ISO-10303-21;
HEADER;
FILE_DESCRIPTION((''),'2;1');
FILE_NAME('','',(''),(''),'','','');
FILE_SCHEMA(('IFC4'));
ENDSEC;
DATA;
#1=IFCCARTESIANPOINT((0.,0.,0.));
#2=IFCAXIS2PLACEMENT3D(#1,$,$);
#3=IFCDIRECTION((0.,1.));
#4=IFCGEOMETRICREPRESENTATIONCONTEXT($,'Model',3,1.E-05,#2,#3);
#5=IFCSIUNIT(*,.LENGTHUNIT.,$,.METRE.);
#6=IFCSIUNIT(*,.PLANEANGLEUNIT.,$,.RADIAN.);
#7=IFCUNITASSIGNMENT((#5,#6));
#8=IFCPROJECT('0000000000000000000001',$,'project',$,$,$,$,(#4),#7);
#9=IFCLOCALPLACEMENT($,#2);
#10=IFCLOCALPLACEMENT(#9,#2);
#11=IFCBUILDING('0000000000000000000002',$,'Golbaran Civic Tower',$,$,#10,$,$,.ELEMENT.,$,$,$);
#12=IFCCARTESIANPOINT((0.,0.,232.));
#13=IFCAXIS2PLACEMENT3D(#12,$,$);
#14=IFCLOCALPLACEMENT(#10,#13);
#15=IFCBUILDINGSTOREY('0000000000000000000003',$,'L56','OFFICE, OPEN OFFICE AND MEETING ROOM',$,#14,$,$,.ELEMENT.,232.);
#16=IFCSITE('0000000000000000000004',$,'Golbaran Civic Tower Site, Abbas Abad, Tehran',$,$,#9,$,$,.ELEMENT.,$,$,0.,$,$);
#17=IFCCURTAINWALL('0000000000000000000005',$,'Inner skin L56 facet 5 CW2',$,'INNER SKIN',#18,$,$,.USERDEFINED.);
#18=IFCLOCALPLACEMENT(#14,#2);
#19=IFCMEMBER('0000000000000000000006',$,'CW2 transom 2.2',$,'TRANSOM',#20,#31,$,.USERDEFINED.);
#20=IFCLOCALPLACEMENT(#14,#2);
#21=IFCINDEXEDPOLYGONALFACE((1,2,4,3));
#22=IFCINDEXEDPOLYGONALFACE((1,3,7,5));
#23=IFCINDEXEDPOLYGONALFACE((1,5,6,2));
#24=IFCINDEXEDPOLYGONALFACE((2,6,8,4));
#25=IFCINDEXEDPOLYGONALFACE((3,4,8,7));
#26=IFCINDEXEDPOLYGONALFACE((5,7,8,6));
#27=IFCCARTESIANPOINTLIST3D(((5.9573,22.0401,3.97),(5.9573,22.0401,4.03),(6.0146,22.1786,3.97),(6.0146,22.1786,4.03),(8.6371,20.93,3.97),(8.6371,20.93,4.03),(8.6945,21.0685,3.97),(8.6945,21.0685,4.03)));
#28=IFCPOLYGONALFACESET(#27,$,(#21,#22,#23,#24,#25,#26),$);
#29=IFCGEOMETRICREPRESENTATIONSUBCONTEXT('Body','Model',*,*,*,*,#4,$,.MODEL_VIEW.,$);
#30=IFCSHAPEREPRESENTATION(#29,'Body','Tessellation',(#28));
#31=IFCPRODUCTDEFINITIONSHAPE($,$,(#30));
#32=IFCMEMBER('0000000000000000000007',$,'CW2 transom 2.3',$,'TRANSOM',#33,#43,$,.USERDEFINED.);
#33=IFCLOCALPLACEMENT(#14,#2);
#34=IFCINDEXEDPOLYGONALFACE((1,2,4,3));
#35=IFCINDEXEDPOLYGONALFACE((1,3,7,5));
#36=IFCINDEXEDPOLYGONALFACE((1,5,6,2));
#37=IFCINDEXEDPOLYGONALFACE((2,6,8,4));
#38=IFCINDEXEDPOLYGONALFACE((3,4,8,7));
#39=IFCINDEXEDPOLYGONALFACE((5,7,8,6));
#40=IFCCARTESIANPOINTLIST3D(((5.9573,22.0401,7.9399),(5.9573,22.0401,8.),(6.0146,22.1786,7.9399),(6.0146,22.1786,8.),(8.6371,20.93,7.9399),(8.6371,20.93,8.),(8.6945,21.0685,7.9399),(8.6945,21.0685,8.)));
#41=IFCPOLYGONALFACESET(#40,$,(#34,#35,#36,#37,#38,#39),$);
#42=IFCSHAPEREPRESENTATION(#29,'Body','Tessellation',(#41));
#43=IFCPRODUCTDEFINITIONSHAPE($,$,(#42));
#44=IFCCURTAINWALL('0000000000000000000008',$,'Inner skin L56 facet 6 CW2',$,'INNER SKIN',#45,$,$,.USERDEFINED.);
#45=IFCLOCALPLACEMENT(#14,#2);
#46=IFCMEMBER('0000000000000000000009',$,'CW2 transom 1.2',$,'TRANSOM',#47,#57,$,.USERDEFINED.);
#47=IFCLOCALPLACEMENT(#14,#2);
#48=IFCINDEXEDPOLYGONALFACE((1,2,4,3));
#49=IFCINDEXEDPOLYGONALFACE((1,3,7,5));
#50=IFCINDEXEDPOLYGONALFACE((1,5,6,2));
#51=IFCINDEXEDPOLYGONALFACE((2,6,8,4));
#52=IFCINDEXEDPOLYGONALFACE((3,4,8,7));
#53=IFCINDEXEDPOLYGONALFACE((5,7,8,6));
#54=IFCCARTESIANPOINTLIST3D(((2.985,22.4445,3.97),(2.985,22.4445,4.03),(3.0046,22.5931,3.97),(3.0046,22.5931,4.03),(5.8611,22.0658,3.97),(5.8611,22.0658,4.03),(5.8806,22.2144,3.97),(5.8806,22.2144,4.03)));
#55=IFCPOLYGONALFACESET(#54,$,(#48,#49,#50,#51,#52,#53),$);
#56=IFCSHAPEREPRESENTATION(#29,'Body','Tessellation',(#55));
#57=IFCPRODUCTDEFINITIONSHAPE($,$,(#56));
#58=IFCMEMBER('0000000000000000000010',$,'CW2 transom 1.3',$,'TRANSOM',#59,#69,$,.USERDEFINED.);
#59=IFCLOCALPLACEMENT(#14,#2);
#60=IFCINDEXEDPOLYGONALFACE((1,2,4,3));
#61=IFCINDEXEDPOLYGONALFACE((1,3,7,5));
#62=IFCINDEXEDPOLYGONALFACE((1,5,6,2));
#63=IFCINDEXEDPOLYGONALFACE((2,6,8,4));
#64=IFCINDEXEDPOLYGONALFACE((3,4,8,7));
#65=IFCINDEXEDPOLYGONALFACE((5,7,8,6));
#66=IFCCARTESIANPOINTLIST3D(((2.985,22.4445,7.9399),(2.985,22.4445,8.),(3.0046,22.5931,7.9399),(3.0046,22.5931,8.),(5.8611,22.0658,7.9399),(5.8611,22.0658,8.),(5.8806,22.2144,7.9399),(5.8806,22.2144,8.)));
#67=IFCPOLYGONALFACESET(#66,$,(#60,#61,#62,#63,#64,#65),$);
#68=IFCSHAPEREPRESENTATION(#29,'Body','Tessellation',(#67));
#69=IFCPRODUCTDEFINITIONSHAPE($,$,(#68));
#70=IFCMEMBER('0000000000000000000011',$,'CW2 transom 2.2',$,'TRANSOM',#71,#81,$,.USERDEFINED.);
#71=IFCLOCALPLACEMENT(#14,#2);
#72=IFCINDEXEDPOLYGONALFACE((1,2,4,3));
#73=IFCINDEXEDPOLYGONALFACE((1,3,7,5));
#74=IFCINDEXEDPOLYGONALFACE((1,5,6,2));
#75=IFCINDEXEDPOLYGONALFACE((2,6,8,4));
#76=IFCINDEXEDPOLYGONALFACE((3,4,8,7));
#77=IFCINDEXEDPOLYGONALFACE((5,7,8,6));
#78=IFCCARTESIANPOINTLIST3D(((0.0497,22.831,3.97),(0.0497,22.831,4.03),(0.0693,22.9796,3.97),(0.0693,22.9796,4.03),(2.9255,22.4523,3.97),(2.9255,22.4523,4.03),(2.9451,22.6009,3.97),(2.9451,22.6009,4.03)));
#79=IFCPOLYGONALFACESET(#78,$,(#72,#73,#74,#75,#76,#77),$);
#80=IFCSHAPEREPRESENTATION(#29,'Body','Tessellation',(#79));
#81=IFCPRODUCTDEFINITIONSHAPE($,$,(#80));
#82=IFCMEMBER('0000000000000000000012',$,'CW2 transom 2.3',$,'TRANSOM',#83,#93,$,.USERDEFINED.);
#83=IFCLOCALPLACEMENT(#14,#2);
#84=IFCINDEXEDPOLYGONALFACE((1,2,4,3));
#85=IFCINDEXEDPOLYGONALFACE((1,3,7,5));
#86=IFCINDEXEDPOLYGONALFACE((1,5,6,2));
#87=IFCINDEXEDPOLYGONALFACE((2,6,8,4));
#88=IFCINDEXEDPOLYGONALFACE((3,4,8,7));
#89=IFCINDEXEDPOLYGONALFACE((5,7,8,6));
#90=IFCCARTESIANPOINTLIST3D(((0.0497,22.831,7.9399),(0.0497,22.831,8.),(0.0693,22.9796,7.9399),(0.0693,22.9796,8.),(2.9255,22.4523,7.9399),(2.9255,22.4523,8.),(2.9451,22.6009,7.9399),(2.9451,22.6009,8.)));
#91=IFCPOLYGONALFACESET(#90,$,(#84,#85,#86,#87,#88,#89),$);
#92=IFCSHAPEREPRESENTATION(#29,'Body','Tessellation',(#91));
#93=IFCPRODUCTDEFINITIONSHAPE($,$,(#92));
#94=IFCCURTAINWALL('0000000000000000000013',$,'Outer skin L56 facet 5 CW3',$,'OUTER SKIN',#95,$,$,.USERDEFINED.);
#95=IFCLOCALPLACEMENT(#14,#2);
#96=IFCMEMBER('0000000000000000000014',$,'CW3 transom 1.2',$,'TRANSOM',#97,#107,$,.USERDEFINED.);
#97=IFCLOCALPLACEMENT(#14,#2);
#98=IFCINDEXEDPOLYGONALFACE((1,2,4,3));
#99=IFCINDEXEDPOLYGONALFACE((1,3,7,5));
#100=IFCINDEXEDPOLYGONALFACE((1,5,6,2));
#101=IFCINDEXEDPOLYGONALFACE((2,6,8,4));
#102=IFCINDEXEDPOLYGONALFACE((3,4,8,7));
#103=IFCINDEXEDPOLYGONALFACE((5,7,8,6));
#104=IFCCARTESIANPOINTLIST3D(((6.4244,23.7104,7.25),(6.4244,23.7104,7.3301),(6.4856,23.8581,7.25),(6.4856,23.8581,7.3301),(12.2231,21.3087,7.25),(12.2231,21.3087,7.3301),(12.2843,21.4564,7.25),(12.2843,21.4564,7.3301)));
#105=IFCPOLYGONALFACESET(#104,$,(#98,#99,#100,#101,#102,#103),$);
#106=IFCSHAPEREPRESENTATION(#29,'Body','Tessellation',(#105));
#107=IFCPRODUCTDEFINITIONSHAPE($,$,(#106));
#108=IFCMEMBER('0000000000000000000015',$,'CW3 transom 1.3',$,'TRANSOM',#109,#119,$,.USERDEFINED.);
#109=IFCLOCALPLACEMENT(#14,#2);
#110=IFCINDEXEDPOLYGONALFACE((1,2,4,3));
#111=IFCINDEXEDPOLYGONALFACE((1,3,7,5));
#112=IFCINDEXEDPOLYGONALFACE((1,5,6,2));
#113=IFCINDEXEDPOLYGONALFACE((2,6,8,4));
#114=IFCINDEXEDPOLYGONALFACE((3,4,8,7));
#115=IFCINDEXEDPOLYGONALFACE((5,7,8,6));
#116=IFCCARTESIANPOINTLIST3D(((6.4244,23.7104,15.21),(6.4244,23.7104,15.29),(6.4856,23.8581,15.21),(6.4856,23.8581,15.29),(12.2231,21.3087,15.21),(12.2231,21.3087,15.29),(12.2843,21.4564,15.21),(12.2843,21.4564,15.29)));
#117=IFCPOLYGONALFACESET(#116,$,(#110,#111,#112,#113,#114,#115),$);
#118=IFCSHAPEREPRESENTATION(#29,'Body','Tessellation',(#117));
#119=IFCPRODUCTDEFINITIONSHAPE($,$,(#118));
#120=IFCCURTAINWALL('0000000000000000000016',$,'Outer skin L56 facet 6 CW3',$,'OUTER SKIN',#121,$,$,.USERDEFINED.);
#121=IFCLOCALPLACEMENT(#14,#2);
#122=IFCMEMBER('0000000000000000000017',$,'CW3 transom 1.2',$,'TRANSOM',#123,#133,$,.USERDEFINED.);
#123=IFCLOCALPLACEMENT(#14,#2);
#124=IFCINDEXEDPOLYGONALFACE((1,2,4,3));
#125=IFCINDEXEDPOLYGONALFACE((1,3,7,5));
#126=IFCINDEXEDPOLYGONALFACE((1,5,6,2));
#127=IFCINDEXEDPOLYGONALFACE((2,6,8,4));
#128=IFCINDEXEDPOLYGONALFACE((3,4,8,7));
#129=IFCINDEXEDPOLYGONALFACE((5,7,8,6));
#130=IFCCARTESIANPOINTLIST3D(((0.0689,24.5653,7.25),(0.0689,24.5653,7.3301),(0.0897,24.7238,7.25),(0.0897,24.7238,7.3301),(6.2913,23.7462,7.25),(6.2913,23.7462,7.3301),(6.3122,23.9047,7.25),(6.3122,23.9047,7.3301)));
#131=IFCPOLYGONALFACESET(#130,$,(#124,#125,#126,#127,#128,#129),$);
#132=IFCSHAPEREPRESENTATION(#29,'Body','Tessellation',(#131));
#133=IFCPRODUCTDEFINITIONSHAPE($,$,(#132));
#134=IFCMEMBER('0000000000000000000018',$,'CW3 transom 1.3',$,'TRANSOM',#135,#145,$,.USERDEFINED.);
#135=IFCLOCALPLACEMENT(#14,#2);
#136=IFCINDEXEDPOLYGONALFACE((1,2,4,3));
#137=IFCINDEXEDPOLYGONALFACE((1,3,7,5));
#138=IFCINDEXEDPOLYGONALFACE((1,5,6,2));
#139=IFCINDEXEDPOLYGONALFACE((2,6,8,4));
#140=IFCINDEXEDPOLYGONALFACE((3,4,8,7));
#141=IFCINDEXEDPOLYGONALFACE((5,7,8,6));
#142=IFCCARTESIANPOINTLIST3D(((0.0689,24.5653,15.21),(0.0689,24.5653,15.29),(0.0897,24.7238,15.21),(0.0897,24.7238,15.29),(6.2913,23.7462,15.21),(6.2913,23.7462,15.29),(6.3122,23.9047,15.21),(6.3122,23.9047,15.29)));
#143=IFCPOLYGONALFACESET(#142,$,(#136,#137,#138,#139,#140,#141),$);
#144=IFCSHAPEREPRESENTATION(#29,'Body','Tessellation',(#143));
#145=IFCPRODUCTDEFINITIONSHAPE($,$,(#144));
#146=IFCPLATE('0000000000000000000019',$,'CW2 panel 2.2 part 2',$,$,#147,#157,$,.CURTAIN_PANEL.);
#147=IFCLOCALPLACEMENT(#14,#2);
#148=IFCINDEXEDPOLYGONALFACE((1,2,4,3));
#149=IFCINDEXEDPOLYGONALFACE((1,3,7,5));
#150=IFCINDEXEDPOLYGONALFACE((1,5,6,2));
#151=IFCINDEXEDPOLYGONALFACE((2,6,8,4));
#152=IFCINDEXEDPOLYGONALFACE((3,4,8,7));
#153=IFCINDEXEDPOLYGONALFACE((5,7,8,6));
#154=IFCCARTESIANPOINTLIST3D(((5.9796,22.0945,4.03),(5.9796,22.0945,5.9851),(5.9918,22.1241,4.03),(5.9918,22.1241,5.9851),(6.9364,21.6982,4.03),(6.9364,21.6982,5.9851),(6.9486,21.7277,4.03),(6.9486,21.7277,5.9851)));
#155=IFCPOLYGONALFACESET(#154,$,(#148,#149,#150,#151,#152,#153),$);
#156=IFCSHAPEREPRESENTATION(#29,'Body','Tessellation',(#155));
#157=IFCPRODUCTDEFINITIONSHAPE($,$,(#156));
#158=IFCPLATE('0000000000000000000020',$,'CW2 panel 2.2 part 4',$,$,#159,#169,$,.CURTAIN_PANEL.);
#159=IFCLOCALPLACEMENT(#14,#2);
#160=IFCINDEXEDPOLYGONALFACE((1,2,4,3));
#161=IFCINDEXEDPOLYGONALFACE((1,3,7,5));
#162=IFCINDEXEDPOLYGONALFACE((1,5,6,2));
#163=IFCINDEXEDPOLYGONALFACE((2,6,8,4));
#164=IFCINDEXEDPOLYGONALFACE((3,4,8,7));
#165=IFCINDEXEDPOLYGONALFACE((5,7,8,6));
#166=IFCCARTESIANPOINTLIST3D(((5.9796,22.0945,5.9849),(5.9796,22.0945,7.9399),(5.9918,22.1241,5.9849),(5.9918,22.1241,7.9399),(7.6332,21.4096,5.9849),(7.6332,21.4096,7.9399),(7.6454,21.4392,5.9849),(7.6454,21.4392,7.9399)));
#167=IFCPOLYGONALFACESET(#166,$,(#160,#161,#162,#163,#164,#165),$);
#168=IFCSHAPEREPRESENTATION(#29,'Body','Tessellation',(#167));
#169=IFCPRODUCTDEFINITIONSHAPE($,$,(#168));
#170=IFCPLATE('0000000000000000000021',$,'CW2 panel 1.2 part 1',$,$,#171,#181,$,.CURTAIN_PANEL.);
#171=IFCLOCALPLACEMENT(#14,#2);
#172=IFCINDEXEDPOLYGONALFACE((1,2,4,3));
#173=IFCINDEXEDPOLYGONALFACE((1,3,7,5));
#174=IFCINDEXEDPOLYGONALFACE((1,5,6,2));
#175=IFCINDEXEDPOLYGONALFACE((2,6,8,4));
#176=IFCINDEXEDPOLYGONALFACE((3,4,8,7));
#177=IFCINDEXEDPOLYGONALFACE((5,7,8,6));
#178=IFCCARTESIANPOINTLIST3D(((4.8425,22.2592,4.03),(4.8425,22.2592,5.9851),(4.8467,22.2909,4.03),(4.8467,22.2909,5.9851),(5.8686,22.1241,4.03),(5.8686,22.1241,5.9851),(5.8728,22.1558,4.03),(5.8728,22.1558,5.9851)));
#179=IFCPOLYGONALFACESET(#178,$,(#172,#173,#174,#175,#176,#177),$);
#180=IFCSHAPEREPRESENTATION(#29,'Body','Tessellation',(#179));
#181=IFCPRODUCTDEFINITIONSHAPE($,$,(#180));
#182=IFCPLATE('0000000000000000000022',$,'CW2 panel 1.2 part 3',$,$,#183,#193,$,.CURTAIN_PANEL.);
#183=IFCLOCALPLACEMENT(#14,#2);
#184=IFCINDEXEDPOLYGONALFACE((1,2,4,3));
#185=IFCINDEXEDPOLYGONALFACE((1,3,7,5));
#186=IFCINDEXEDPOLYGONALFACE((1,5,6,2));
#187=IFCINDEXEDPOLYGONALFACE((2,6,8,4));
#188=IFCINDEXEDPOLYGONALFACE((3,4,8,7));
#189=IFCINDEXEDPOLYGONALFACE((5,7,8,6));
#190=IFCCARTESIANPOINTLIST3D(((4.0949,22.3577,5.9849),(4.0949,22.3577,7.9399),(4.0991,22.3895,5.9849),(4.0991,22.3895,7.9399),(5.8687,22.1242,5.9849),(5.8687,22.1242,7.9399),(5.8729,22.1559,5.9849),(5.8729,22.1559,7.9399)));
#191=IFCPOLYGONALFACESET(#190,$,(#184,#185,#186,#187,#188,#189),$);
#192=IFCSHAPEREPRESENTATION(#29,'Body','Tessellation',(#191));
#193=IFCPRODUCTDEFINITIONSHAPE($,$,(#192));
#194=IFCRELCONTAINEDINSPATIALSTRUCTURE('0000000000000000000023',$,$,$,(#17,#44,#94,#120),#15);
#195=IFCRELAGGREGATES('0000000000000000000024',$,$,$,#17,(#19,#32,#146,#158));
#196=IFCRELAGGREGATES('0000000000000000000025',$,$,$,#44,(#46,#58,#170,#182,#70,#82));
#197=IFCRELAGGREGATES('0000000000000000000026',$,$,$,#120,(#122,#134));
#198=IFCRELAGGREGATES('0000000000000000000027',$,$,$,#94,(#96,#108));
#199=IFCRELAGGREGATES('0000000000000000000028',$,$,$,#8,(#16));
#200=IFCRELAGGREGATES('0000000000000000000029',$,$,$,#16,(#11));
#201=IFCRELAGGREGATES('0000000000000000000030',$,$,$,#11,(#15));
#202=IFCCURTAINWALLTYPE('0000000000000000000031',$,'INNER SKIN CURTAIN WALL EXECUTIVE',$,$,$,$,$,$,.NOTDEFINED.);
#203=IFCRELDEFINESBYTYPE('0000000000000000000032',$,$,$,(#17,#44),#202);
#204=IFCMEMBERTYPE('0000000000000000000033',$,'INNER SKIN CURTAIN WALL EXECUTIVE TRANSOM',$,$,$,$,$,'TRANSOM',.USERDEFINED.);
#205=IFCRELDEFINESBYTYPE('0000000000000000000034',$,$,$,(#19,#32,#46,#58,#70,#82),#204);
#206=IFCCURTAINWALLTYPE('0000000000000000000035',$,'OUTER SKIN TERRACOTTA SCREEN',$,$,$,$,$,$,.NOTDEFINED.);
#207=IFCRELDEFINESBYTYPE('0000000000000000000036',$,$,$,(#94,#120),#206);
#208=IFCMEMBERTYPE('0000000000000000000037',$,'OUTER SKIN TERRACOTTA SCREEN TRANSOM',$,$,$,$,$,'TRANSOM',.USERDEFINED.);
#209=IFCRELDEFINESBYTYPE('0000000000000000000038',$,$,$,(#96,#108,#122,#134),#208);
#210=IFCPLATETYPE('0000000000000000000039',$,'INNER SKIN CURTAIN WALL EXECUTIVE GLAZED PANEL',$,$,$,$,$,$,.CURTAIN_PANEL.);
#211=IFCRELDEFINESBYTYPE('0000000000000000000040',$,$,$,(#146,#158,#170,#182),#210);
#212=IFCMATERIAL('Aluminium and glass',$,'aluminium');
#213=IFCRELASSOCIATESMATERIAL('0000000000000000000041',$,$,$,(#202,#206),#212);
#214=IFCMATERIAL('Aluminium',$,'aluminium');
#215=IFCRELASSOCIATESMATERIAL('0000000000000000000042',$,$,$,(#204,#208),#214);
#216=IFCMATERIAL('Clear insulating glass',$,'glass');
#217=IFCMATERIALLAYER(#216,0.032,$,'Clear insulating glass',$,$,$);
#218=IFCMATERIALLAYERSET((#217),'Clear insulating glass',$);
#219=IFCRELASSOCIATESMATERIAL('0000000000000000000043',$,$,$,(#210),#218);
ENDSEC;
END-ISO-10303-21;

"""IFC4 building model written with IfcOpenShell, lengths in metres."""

from ifc_helpers import new_model, si_unit, direction, frame, origin, origin_2d, place, context, subcontext, project, spatial, rectangle, extrude, material, layer, layer_set, material_profile, profile_set, type_object, element, aggregate, save


model = new_model("IFC4")

# Units and contexts
model_context = context("Model", 3, precision=1e-05, world=origin(), true_north=direction((0.0, 1.0)))
body_context = subcontext(model_context, "Body", "Model", "MODEL_VIEW")
ifc_project = project(units=[si_unit("LENGTHUNIT", "METRE"), si_unit("PLANEANGLEUNIT", "RADIAN")], contexts=[model_context])

# Site, building, storey
site_placement = place(None, origin())
site = spatial("IfcSite", under=ifc_project, at=site_placement, Name="Golbaran Civic Tower Site, Abbas Abad, Tehran", CompositionType="ELEMENT", RefElevation=0.0)
building_placement = place(site_placement, origin())
building = spatial("IfcBuilding", under=site, at=building_placement, Name="Golbaran Civic Tower", CompositionType="ELEMENT")
storey_placement = place(building_placement, frame((0.0, 0.0, 232.0)))
storey = spatial("IfcBuildingStorey", under=building, at=storey_placement, Name="L56", Description="OFFICE, OPEN OFFICE AND MEETING ROOM", CompositionType="ELEMENT", Elevation=232.0)

# Curtain walls, members
ifc_material_1 = material(Name="Aluminium and glass", Category="aluminium")
curtain_wall_type_1 = type_object("IfcCurtainWallType", Name="INNER SKIN CURTAIN WALL EXECUTIVE", PredefinedType="NOTDEFINED", material=ifc_material_1)
curtain_wall_1_placement = place(storey_placement, origin())
curtain_wall_1 = element("IfcCurtainWall", 1, at=curtain_wall_1_placement, inside=storey, type_object=curtain_wall_type_1, Name="Inner skin L56 facet 5 CW2", ObjectType="INNER SKIN", PredefinedType="USERDEFINED")
ifc_material_2 = material(Name="Aluminium", Category="aluminium")
ifc_material_profile_1 = material_profile(ifc_material_2, rectangle(XDim=0.1499, YDim=0.0601, at=origin_2d()), Name="INNER SKIN CURTAIN WALL EXECUTIVE TRANSOM")
ifc_profile_set_1 = profile_set([ifc_material_profile_1], Name="Aluminium")
member_type_1 = type_object("IfcMemberType", Name="INNER SKIN CURTAIN WALL EXECUTIVE TRANSOM", ElementType="TRANSOM", PredefinedType="USERDEFINED", material=ifc_profile_set_1)
member_1_placement = place(storey_placement, frame((8.6658, 20.9993, 4.0), z_axis=(-0.923874, 0.382696, 0.0), x_axis=(-0.382696, -0.923874, 0.0)))
member_1 = element("IfcMember", 2, at=member_1_placement, type_object=member_type_1, Name="CW2 transom 2.2", ObjectType="TRANSOM", PredefinedType="USERDEFINED", context=body_context, shape_type="SweptSolid", body=[
    extrude(rectangle(XDim=0.1499, YDim=0.0601, at=origin_2d()), origin(), (0.0, 0.0, 1.0), 2.9006),
])
member_2_placement = place(storey_placement, frame((8.6658, 20.9993, 7.97), z_axis=(-0.923874, 0.382696, 0.0), x_axis=(-0.382696, -0.923874, 0.0)))
member_2 = element("IfcMember", 3, at=member_2_placement, type_object=member_type_1, Name="CW2 transom 2.3", ObjectType="TRANSOM", PredefinedType="USERDEFINED", context=body_context, shape_type="SweptSolid", body=[
    extrude(rectangle(XDim=0.1499, YDim=0.0601, at=origin_2d()), origin(), (0.0, 0.0, 1.0), 2.9006),
])
curtain_wall_2_placement = place(storey_placement, origin())
curtain_wall_2 = element("IfcCurtainWall", 4, at=curtain_wall_2_placement, inside=storey, type_object=curtain_wall_type_1, Name="Inner skin L56 facet 6 CW2", ObjectType="INNER SKIN", PredefinedType="USERDEFINED")
member_3_placement = place(storey_placement, frame((5.8708, 22.1401, 4.0), z_axis=(-0.991443, 0.130537, 0.0), x_axis=(-0.130537, -0.991443, 0.0)))
member_3 = element("IfcMember", 5, at=member_3_placement, type_object=member_type_1, Name="CW2 transom 1.2", ObjectType="TRANSOM", PredefinedType="USERDEFINED", context=body_context, shape_type="SweptSolid", body=[
    extrude(rectangle(XDim=0.1499, YDim=0.0601, at=origin_2d()), origin(), (0.0, 0.0, 1.0), 2.9009),
])
member_4_placement = place(storey_placement, frame((5.8708, 22.1401, 7.97), z_axis=(-0.991443, 0.130537, 0.0), x_axis=(-0.130537, -0.991443, 0.0)))
member_4 = element("IfcMember", 6, at=member_4_placement, type_object=member_type_1, Name="CW2 transom 1.3", ObjectType="TRANSOM", PredefinedType="USERDEFINED", context=body_context, shape_type="SweptSolid", body=[
    extrude(rectangle(XDim=0.1499, YDim=0.0601, at=origin_2d()), origin(), (0.0, 0.0, 1.0), 2.9009),
])
member_5_placement = place(storey_placement, frame((2.9353, 22.5266, 4.0), z_axis=(-0.991442, 0.130548, 0.0), x_axis=(-0.130548, -0.991442, 0.0)))
member_5 = element("IfcMember", 7, at=member_5_placement, type_object=member_type_1, Name="CW2 transom 2.2", ObjectType="TRANSOM", PredefinedType="USERDEFINED", context=body_context, shape_type="SweptSolid", body=[
    extrude(rectangle(XDim=0.1499, YDim=0.0601, at=origin_2d()), origin(), (0.0, 0.0, 1.0), 2.9006),
])
member_6_placement = place(storey_placement, frame((2.9353, 22.5266, 7.97), z_axis=(-0.991442, 0.130548, 0.0), x_axis=(-0.130548, -0.991442, 0.0)))
member_6 = element("IfcMember", 8, at=member_6_placement, type_object=member_type_1, Name="CW2 transom 2.3", ObjectType="TRANSOM", PredefinedType="USERDEFINED", context=body_context, shape_type="SweptSolid", body=[
    extrude(rectangle(XDim=0.1499, YDim=0.0601, at=origin_2d()), origin(), (0.0, 0.0, 1.0), 2.9006),
])
curtain_wall_type_2 = type_object("IfcCurtainWallType", Name="OUTER SKIN TERRACOTTA SCREEN", PredefinedType="NOTDEFINED", material=ifc_material_1)
curtain_wall_3_placement = place(storey_placement, origin())
curtain_wall_3 = element("IfcCurtainWall", 9, at=curtain_wall_3_placement, inside=storey, type_object=curtain_wall_type_2, Name="Outer skin L56 facet 5 CW3", ObjectType="OUTER SKIN", PredefinedType="USERDEFINED")
ifc_material_profile_2 = material_profile(ifc_material_2, rectangle(XDim=0.1599, YDim=0.0801, at=origin_2d()), Name="OUTER SKIN TERRACOTTA SCREEN TRANSOM")
ifc_profile_set_2 = profile_set([ifc_material_profile_2], Name="Aluminium")
member_type_2 = type_object("IfcMemberType", Name="OUTER SKIN TERRACOTTA SCREEN TRANSOM", ElementType="TRANSOM", PredefinedType="USERDEFINED", material=ifc_profile_set_2)
member_7_placement = place(storey_placement, frame((12.2537, 21.3826, 7.29), z_axis=(-0.923893, 0.382651, 0.0), x_axis=(-0.382651, -0.923893, 0.0)))
member_7 = element("IfcMember", 10, at=member_7_placement, type_object=member_type_2, Name="CW3 transom 1.2", ObjectType="TRANSOM", PredefinedType="USERDEFINED", context=body_context, shape_type="SweptSolid", body=[
    extrude(rectangle(XDim=0.1599, YDim=0.0801, at=origin_2d()), origin(), (0.0, 0.0, 1.0), 6.2764),
])
member_8_placement = place(storey_placement, frame((12.2537, 21.3826, 15.25), z_axis=(-0.923893, 0.382651, 0.0), x_axis=(-0.382651, -0.923893, 0.0)))
member_8 = element("IfcMember", 11, at=member_8_placement, type_object=member_type_2, Name="CW3 transom 1.3", ObjectType="TRANSOM", PredefinedType="USERDEFINED", context=body_context, shape_type="SweptSolid", body=[
    extrude(rectangle(XDim=0.1599, YDim=0.0801, at=origin_2d()), origin(), (0.0, 0.0, 1.0), 6.2764),
])
curtain_wall_4_placement = place(storey_placement, origin())
curtain_wall_4 = element("IfcCurtainWall", 12, at=curtain_wall_4_placement, inside=storey, type_object=curtain_wall_type_2, Name="Outer skin L56 facet 6 CW3", ObjectType="OUTER SKIN", PredefinedType="USERDEFINED")
member_9_placement = place(storey_placement, frame((6.3018, 23.8254, 7.29), z_axis=(-0.991447, 0.13051, 0.0), x_axis=(-0.13051, -0.991447, 0.0)))
member_9 = element("IfcMember", 13, at=member_9_placement, type_object=member_type_2, Name="CW3 transom 1.2", ObjectType="TRANSOM", PredefinedType="USERDEFINED", context=body_context, shape_type="SweptSolid", body=[
    extrude(rectangle(XDim=0.1599, YDim=0.0801, at=origin_2d()), origin(), (0.0, 0.0, 1.0), 6.2761),
])
member_10_placement = place(storey_placement, frame((6.3018, 23.8254, 15.25), z_axis=(-0.991447, 0.13051, 0.0), x_axis=(-0.13051, -0.991447, 0.0)))
member_10 = element("IfcMember", 14, at=member_10_placement, type_object=member_type_2, Name="CW3 transom 1.3", ObjectType="TRANSOM", PredefinedType="USERDEFINED", context=body_context, shape_type="SweptSolid", body=[
    extrude(rectangle(XDim=0.1599, YDim=0.0801, at=origin_2d()), origin(), (0.0, 0.0, 1.0), 6.2761),
])

# Plates
ifc_material_3 = material(Name="Clear insulating glass", Category="glass")
ifc_layer_1 = layer(ifc_material_3, 0.032, Name="Clear insulating glass")
ifc_layer_set_1 = layer_set([ifc_layer_1], Name="Clear insulating glass")
plate_type_1 = type_object("IfcPlateType", Name="INNER SKIN CURTAIN WALL EXECUTIVE GLAZED PANEL", PredefinedType="CURTAIN_PANEL", material=ifc_layer_set_1)
plate_1_placement = place(storey_placement, frame((6.4641, 21.9111, 4.03), z_axis=(0.0, 0.0, 1.0), x_axis=(-0.92388, 0.382683, 0.0)))
plate_1 = element("IfcPlate", 15, at=plate_1_placement, type_object=plate_type_1, Name="CW2 panel 2.2 part 2", PredefinedType="CURTAIN_PANEL", context=body_context, shape_type="SweptSolid", body=[
    extrude(rectangle(XDim=1.0356, YDim=0.032, at=origin_2d()), origin(), (0.0, 0.0, 1.0), 1.9551),
])
plate_2_placement = place(storey_placement, frame((6.8125, 21.7668, 5.9849), z_axis=(0.0, 0.0, 1.0), x_axis=(-0.92388, 0.382683, 0.0)))
plate_2 = element("IfcPlate", 16, at=plate_2_placement, type_object=plate_type_1, Name="CW2 panel 2.2 part 4", PredefinedType="CURTAIN_PANEL", context=body_context, shape_type="SweptSolid", body=[
    extrude(rectangle(XDim=1.7898, YDim=0.032, at=origin_2d()), origin(), (0.0, 0.0, 1.0), 1.9551),
])
plate_3_placement = place(storey_placement, frame((5.3577, 22.2075, 4.03), z_axis=(0.0, 0.0, 1.0), x_axis=(-0.991445, 0.130526, 0.0)))
plate_3 = element("IfcPlate", 17, at=plate_3_placement, type_object=plate_type_1, Name="CW2 panel 1.2 part 1", PredefinedType="CURTAIN_PANEL", context=body_context, shape_type="SweptSolid", body=[
    extrude(rectangle(XDim=1.0349, YDim=0.032, at=origin_2d()), origin(), (0.0, 0.0, 1.0), 1.9551),
])
plate_4_placement = place(storey_placement, frame((4.9839, 22.2568, 5.9849), z_axis=(0.0, 0.0, 1.0), x_axis=(-0.991445, 0.130526, 0.0)))
plate_4 = element("IfcPlate", 18, at=plate_4_placement, type_object=plate_type_1, Name="CW2 panel 1.2 part 3", PredefinedType="CURTAIN_PANEL", context=body_context, shape_type="SweptSolid", body=[
    extrude(rectangle(XDim=1.7891, YDim=0.032, at=origin_2d()), origin(), (0.0, 0.0, 1.0), 1.9551),
])
aggregate(curtain_wall_1, [member_1, member_2, plate_1, plate_2])
aggregate(curtain_wall_2, [member_3, member_4, plate_3, plate_4, member_5, member_6])

aggregate(curtain_wall_4, [member_9, member_10])
aggregate(curtain_wall_3, [member_7, member_8])

save(model, "model.ifc")
